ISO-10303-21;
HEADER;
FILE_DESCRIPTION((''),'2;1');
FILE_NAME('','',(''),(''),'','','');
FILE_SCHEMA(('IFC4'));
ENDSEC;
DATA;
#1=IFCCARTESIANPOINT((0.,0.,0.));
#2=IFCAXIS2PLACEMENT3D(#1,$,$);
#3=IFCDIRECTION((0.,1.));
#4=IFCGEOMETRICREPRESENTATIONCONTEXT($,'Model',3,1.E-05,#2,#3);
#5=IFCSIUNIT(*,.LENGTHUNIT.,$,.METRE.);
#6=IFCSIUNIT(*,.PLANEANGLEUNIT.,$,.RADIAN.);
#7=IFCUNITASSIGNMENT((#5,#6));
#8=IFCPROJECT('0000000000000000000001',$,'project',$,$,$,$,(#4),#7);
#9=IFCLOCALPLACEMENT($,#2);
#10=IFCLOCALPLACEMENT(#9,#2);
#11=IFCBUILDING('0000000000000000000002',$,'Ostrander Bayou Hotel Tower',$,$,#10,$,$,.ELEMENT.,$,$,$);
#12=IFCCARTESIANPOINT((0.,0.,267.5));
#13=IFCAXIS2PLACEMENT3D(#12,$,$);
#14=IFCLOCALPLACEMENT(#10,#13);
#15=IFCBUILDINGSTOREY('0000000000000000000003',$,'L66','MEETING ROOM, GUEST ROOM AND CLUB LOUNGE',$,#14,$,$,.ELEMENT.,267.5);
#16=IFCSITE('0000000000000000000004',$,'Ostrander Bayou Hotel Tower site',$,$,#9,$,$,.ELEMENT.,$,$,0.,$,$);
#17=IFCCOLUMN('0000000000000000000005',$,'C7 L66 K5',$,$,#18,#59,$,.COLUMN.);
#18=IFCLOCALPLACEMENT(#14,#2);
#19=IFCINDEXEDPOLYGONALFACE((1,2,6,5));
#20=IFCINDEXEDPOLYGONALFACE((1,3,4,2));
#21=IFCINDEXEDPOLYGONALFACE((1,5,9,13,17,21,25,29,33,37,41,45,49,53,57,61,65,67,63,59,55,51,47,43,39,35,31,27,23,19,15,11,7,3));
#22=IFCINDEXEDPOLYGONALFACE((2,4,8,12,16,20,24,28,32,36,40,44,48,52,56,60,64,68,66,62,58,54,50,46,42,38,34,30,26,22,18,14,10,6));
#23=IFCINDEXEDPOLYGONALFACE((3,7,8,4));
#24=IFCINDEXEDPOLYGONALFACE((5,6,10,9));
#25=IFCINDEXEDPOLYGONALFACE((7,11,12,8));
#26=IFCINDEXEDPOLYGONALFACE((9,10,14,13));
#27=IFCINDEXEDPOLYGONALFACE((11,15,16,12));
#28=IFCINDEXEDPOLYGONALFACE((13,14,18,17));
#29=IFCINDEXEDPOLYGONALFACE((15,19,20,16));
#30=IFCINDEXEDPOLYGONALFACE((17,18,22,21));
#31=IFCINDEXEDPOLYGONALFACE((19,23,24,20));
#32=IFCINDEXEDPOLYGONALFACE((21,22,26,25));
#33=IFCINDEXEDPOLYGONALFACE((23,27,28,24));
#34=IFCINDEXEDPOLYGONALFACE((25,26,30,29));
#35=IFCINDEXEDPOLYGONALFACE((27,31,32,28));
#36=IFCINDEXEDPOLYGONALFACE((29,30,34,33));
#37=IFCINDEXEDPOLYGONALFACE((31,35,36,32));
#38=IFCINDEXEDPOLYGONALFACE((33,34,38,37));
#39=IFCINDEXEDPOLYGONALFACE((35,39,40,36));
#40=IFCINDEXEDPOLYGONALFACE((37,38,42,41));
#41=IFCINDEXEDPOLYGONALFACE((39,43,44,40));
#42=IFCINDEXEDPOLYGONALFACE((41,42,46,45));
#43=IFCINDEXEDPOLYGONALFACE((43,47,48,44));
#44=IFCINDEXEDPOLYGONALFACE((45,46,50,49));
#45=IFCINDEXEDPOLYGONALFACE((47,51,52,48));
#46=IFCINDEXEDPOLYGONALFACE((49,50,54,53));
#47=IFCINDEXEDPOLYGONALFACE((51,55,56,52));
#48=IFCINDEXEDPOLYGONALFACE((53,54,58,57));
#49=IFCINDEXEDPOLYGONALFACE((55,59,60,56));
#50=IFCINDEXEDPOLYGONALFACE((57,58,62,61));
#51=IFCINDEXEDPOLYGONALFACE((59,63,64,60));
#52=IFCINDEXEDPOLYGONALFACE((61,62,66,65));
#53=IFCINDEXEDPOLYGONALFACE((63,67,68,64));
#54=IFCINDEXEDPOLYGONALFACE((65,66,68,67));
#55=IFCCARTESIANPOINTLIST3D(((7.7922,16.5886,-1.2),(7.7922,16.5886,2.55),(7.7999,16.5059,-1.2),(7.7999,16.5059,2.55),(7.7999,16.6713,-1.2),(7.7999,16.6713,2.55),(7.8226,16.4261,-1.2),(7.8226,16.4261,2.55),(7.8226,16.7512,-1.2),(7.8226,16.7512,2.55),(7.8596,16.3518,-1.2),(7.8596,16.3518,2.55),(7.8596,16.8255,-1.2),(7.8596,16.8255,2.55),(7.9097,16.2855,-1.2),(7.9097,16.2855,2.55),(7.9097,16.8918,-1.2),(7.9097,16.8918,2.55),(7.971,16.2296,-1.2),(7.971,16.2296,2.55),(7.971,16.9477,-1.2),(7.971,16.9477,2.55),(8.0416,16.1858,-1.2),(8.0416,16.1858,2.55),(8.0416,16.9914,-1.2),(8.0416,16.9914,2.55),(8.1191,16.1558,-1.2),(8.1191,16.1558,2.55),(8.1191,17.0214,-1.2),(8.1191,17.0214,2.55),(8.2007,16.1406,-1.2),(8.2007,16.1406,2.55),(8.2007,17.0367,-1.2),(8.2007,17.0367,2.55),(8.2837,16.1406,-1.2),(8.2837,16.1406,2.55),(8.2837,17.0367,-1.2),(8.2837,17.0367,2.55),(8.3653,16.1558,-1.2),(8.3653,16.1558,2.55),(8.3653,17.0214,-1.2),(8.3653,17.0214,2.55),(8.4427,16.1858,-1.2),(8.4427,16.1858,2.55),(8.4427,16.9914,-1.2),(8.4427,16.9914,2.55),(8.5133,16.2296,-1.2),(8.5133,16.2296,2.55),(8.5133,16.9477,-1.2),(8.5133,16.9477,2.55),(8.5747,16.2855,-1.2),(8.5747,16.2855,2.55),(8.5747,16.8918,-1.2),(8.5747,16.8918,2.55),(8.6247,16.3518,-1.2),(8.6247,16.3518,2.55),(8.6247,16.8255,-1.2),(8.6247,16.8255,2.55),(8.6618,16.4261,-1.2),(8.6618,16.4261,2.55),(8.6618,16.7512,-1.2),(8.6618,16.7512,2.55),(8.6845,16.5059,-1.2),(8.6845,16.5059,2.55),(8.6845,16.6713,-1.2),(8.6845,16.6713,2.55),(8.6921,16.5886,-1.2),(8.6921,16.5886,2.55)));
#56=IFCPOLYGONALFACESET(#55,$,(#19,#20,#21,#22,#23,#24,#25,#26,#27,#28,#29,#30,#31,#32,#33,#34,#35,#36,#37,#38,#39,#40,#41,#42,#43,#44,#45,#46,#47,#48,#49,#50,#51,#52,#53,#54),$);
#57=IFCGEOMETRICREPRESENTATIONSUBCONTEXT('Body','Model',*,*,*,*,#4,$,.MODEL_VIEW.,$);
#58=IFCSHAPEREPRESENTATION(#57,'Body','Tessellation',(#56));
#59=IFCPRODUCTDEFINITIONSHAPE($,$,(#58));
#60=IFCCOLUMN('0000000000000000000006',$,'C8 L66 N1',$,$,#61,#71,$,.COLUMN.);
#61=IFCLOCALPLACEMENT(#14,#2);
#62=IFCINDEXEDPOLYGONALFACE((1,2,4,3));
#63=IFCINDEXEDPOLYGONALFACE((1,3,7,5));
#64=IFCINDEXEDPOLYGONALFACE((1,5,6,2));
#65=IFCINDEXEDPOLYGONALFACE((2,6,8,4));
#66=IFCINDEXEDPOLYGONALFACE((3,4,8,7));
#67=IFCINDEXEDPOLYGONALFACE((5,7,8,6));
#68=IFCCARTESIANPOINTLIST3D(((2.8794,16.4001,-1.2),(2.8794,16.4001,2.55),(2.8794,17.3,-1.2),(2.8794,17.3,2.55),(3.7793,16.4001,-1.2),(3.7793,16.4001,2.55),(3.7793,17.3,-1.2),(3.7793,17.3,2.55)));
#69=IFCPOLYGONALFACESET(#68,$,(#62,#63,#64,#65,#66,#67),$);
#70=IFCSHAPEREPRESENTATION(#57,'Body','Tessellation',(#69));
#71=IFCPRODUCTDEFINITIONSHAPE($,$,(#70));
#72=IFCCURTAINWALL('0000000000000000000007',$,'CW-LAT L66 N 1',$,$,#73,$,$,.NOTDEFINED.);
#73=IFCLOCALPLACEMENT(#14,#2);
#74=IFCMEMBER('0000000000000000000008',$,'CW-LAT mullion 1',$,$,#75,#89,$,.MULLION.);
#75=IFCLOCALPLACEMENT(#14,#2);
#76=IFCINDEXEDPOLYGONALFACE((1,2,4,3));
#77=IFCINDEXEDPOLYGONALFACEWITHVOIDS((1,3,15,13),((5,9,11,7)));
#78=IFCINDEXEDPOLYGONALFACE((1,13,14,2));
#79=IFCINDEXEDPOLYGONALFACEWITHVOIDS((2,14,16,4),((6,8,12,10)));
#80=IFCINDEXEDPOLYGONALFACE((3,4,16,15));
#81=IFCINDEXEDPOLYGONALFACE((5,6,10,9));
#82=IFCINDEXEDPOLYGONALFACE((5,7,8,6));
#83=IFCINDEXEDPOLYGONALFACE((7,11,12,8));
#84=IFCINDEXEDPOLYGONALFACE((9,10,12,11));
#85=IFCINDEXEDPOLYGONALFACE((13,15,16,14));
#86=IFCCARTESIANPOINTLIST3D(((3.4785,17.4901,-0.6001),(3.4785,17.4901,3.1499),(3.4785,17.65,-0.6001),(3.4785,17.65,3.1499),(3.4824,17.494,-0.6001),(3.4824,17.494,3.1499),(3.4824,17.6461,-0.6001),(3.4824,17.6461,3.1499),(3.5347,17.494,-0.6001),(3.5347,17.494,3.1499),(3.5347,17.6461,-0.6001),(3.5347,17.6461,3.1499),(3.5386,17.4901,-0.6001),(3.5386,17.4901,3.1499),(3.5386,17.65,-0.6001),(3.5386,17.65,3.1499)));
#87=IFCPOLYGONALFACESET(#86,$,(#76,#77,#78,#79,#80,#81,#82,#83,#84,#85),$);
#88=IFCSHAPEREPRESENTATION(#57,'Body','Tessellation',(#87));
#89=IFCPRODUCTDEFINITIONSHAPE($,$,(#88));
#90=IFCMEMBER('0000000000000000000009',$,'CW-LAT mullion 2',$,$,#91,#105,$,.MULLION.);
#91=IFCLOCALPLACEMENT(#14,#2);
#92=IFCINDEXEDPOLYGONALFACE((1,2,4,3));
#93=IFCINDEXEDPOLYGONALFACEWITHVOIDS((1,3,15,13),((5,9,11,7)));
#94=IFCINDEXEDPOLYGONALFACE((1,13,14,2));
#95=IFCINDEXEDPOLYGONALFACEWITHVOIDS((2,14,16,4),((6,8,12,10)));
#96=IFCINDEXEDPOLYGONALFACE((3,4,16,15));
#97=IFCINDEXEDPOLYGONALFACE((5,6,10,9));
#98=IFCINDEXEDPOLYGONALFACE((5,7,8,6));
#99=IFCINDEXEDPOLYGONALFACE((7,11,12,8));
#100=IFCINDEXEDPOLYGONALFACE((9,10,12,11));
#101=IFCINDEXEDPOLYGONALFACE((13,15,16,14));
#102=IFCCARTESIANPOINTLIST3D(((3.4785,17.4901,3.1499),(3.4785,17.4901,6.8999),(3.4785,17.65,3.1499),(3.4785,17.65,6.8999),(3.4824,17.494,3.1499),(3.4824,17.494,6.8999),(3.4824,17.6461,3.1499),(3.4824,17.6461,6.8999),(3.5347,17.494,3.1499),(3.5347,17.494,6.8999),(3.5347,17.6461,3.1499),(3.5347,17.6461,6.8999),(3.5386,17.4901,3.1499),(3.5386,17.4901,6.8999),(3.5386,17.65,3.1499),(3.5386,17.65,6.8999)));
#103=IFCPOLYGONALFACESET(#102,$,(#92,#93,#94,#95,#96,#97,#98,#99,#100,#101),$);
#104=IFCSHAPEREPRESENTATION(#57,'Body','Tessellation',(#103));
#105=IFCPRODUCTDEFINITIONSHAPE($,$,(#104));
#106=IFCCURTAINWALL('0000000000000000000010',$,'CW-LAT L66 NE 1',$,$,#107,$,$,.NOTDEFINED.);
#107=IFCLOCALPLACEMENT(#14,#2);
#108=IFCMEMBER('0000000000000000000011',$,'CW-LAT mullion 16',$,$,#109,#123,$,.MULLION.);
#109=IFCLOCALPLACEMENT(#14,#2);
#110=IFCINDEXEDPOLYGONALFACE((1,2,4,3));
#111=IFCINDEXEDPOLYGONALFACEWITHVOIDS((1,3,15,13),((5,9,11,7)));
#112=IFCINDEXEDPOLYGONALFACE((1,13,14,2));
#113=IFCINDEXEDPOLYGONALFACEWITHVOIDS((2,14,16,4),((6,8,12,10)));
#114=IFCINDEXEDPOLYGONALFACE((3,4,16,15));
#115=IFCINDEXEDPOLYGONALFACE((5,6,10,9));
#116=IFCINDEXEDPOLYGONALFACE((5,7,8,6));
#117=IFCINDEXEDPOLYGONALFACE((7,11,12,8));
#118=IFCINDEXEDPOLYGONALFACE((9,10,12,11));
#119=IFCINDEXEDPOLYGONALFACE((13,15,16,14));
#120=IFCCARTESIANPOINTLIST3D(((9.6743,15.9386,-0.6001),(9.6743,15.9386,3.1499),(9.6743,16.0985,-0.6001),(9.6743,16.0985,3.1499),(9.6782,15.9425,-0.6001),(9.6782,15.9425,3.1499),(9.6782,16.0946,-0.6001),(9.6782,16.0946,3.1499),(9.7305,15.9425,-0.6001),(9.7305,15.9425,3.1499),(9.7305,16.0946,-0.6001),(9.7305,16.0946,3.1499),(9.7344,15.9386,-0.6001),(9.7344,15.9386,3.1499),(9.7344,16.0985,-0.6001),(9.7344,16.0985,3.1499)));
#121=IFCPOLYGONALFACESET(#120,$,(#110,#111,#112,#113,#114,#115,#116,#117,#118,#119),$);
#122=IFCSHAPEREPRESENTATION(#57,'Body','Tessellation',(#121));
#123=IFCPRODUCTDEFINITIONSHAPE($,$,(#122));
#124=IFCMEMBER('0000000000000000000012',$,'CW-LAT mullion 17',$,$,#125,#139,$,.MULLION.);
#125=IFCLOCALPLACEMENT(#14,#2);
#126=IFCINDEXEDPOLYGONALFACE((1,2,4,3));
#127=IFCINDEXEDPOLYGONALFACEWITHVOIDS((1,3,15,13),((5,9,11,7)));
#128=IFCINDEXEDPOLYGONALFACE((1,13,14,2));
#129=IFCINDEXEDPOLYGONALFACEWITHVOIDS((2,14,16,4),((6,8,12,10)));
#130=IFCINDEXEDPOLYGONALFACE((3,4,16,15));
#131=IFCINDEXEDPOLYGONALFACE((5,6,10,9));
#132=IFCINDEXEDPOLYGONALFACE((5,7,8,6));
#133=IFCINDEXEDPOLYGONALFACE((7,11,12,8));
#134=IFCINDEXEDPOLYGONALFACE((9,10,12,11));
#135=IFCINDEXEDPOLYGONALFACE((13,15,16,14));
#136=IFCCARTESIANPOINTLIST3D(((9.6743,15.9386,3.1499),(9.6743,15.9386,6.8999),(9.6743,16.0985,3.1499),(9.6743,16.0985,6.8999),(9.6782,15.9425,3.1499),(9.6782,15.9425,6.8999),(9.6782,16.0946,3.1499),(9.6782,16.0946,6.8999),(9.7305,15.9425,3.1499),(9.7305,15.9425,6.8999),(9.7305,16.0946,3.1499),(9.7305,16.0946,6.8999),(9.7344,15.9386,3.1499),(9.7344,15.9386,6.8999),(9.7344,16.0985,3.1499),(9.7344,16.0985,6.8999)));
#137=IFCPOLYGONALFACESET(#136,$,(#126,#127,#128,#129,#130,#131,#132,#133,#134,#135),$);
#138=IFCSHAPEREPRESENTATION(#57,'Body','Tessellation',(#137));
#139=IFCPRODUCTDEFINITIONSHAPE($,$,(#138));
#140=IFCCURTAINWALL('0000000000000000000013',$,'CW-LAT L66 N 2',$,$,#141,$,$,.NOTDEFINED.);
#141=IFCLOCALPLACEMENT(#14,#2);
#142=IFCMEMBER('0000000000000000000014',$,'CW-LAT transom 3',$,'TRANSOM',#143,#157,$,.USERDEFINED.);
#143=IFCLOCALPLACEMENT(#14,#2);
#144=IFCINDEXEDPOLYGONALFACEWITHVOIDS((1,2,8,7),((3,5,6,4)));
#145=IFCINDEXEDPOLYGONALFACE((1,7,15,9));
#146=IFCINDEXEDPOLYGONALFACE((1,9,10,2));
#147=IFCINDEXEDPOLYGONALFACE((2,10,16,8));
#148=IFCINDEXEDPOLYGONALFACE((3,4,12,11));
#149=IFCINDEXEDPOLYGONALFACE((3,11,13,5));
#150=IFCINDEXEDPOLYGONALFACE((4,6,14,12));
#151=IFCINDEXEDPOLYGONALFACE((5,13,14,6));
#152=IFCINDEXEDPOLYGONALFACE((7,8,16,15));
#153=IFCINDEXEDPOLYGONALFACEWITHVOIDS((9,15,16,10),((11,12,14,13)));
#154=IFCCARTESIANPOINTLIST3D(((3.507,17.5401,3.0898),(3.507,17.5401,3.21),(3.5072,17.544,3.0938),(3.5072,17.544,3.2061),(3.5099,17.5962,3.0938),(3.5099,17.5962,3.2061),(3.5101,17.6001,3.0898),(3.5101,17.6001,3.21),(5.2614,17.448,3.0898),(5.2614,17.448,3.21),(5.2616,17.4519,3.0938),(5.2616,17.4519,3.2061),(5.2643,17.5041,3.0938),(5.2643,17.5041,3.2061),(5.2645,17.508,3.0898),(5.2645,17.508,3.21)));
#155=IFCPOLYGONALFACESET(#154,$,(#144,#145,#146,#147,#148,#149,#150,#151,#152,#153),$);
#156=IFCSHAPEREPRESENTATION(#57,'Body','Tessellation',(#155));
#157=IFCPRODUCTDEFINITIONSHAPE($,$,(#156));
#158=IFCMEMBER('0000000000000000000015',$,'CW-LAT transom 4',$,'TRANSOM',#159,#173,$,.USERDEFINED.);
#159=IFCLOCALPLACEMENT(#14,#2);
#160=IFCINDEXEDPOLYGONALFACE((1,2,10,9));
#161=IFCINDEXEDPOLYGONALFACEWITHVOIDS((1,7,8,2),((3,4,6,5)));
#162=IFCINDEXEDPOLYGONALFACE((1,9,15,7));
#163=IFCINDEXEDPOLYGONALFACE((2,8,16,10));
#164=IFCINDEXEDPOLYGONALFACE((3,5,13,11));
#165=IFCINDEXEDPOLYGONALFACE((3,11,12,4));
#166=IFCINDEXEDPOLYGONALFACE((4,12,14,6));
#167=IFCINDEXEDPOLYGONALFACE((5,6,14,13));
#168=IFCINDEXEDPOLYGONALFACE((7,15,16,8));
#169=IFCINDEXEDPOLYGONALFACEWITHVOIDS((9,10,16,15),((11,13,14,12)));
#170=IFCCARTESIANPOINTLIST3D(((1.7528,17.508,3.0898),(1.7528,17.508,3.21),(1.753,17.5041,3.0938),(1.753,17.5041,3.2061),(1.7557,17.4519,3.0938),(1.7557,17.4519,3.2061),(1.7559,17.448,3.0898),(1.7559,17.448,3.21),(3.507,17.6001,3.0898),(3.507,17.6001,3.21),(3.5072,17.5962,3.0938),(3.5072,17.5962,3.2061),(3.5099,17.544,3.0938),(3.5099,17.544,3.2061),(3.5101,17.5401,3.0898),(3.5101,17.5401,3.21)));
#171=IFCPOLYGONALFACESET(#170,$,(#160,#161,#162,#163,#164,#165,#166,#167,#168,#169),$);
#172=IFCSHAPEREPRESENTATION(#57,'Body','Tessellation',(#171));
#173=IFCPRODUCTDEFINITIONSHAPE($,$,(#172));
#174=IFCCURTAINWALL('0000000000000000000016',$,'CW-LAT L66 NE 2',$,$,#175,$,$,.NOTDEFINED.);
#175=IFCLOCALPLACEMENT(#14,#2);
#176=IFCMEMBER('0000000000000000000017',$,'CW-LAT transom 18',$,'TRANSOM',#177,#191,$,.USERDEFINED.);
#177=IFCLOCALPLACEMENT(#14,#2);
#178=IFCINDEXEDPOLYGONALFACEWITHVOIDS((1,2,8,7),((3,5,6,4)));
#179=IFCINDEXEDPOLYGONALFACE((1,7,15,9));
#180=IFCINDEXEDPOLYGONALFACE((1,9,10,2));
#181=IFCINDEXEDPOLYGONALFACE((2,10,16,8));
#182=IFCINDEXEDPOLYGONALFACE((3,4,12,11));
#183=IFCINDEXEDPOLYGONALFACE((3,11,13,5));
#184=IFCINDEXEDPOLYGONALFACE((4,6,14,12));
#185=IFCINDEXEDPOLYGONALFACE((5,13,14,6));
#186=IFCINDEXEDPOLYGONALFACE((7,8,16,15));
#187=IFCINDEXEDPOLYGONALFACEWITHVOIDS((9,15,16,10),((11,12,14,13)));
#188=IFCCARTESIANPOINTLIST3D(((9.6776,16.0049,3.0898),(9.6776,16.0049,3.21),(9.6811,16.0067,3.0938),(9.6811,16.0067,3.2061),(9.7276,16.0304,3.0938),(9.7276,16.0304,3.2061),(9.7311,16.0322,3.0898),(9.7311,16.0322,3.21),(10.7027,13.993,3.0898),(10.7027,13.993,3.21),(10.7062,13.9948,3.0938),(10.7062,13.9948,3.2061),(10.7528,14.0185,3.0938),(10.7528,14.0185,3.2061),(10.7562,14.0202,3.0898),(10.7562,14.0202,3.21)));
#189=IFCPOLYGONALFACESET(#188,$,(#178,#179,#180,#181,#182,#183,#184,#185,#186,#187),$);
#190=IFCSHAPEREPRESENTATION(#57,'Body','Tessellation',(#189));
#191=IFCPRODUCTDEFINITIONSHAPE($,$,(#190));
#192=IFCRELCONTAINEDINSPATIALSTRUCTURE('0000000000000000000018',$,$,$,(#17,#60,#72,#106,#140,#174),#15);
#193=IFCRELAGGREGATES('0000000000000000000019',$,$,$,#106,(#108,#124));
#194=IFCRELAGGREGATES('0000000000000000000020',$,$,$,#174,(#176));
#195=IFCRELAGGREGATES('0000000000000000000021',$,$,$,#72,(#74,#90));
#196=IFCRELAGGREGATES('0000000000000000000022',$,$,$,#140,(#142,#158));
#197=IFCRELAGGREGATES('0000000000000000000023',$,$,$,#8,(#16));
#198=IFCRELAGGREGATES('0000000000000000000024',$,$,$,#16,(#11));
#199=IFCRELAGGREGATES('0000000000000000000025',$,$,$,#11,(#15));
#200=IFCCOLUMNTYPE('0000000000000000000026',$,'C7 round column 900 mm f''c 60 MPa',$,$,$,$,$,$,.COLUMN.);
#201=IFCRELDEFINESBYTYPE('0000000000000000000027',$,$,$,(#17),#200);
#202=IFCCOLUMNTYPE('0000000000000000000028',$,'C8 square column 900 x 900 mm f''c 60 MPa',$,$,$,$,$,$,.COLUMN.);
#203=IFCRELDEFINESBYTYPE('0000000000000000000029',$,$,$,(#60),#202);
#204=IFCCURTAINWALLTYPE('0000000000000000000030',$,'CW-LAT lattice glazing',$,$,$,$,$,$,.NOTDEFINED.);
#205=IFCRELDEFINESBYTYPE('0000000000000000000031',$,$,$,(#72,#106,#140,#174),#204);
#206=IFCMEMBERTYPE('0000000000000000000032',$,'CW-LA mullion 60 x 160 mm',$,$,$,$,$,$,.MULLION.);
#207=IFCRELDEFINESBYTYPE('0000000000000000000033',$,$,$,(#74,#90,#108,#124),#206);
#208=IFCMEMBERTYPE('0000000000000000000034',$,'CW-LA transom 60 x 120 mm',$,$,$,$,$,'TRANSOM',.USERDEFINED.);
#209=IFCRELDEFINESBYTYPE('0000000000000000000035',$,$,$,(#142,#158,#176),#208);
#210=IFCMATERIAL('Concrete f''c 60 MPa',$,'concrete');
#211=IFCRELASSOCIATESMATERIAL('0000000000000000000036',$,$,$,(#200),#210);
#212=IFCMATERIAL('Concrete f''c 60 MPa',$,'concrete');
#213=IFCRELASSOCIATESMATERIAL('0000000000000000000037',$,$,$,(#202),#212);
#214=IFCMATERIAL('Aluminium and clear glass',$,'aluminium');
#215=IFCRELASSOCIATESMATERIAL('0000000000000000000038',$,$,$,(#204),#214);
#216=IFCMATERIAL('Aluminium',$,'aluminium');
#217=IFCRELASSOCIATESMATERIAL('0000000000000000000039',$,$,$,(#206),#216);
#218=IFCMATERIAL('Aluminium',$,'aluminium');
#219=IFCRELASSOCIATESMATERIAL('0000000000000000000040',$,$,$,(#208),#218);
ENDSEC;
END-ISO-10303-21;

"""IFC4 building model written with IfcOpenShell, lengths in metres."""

from ifc_helpers import new_model, si_unit, direction, frame, origin, origin_2d, place, context, subcontext, project, spatial, rectangle, hollow_rectangle, circle, extrude, material, material_profile, profile_set, type_object, element, aggregate, save


model = new_model("IFC4")

# Units and contexts
model_context = context("Model", 3, precision=1e-05, world=origin(), true_north=direction((0.0, 1.0)))
body_context = subcontext(model_context, "Body", "Model", "MODEL_VIEW")
ifc_project = project(units=[si_unit("LENGTHUNIT", "METRE"), si_unit("PLANEANGLEUNIT", "RADIAN")], contexts=[model_context])

# Site, building, storey
site_placement = place(None, origin())
site = spatial("IfcSite", under=ifc_project, at=site_placement, Name="Ostrander Bayou Hotel Tower site", CompositionType="ELEMENT", RefElevation=0.0)
building_placement = place(site_placement, origin())
building = spatial("IfcBuilding", under=site, at=building_placement, Name="Ostrander Bayou Hotel Tower", CompositionType="ELEMENT")
storey_placement = place(building_placement, frame((0.0, 0.0, 267.5)))
storey = spatial("IfcBuildingStorey", under=building, at=storey_placement, Name="L66", Description="MEETING ROOM, GUEST ROOM AND CLUB LOUNGE", CompositionType="ELEMENT", Elevation=267.5)

# Columns
ifc_material_1 = material(Name="Concrete f'c 60 MPa", Category="concrete")
ifc_material_profile_1 = material_profile(ifc_material_1, circle(Radius=0.45, at=origin_2d()))
ifc_profile_set_1 = profile_set([ifc_material_profile_1], Name="Concrete f'c 60 MPa")
column_type_1 = type_object("IfcColumnType", Name="C7 round column 900 mm f'c 60 MPa", PredefinedType="COLUMN", material=ifc_profile_set_1)
column_1_placement = place(storey_placement, frame((8.2422, 16.5886, -1.2), z_axis=(0.0, 0.0, 1.0), x_axis=(1.0, 0.0, 0.0)))
element("IfcColumn", 1, at=column_1_placement, inside=storey, type_object=column_type_1, Name="C7 L66 K5", PredefinedType="COLUMN", context=body_context, shape_type="SweptSolid", body=[
    extrude(circle(Radius=0.45, at=origin_2d()), origin(), (0.0, 0.0, 1.0), 3.75),
])
ifc_material_2 = material(Name="Concrete f'c 60 MPa", Category="concrete")
ifc_material_profile_2 = material_profile(ifc_material_2, rectangle(XDim=0.8999, YDim=0.8999, at=origin_2d()))
ifc_profile_set_2 = profile_set([ifc_material_profile_2], Name="Concrete f'c 60 MPa")
column_type_2 = type_object("IfcColumnType", Name="C8 square column 900 x 900 mm f'c 60 MPa", PredefinedType="COLUMN", material=ifc_profile_set_2)
column_2_placement = place(storey_placement, frame((3.3293, 16.8501, -1.2), z_axis=(0.0, 0.0, 1.0), x_axis=(1.0, 0.0, 0.0)))
element("IfcColumn", 2, at=column_2_placement, inside=storey, type_object=column_type_2, Name="C8 L66 N1", PredefinedType="COLUMN", context=body_context, shape_type="SweptSolid", body=[
    extrude(rectangle(XDim=0.8999, YDim=0.8999, at=origin_2d()), origin(), (0.0, 0.0, 1.0), 3.75),
])

# Curtain walls, members
ifc_material_3 = material(Name="Aluminium and clear glass", Category="aluminium")
curtain_wall_type = type_object("IfcCurtainWallType", Name="CW-LAT lattice glazing", PredefinedType="NOTDEFINED", material=ifc_material_3)
curtain_wall_1_placement = place(storey_placement, origin())
curtain_wall_1 = element("IfcCurtainWall", 3, at=curtain_wall_1_placement, inside=storey, type_object=curtain_wall_type, Name="CW-LAT L66 N 1", PredefinedType="NOTDEFINED")
ifc_material_4 = material(Name="Aluminium", Category="aluminium")
ifc_material_profile_3 = material_profile(ifc_material_4, hollow_rectangle(XDim=0.0601, YDim=0.1599, WallThickness=0.0039, at=origin_2d()))
ifc_profile_set_3 = profile_set([ifc_material_profile_3], Name="Aluminium")
member_type_1 = type_object("IfcMemberType", Name="CW-LA mullion 60 x 160 mm", PredefinedType="MULLION", material=ifc_profile_set_3)
member_1_placement = place(storey_placement, frame((3.5085, 17.5701, -0.6001), z_axis=(0.0, 0.0, 1.0), x_axis=(1.0, 0.0, 0.0)))
member_1 = element("IfcMember", 4, at=member_1_placement, type_object=member_type_1, Name="CW-LAT mullion 1", PredefinedType="MULLION", context=body_context, shape_type="SweptSolid", body=[
    extrude(hollow_rectangle(XDim=0.0601, YDim=0.1599, WallThickness=0.0039, at=origin_2d()), origin(), (0.0, 0.0, 1.0), 3.75),
])
member_2_placement = place(storey_placement, frame((3.5085, 17.5701, 3.1499), z_axis=(0.0, 0.0, 1.0), x_axis=(1.0, 0.0, 0.0)))
member_2 = element("IfcMember", 5, at=member_2_placement, type_object=member_type_1, Name="CW-LAT mullion 2", PredefinedType="MULLION", context=body_context, shape_type="SweptSolid", body=[
    extrude(hollow_rectangle(XDim=0.0601, YDim=0.1599, WallThickness=0.0039, at=origin_2d()), origin(), (0.0, 0.0, 1.0), 3.75),
])
curtain_wall_2_placement = place(storey_placement, origin())
curtain_wall_2 = element("IfcCurtainWall", 6, at=curtain_wall_2_placement, inside=storey, type_object=curtain_wall_type, Name="CW-LAT L66 NE 1", PredefinedType="NOTDEFINED")
member_3_placement = place(storey_placement, frame((9.7043, 16.0186, -0.6001), z_axis=(0.0, 0.0, 1.0), x_axis=(1.0, 0.0, 0.0)))
member_3 = element("IfcMember", 7, at=member_3_placement, type_object=member_type_1, Name="CW-LAT mullion 16", PredefinedType="MULLION", context=body_context, shape_type="SweptSolid", body=[
    extrude(hollow_rectangle(XDim=0.0601, YDim=0.1599, WallThickness=0.0039, at=origin_2d()), origin(), (0.0, 0.0, 1.0), 3.75),
])
member_4_placement = place(storey_placement, frame((9.7043, 16.0186, 3.1499), z_axis=(0.0, 0.0, 1.0), x_axis=(1.0, 0.0, 0.0)))
member_4 = element("IfcMember", 8, at=member_4_placement, type_object=member_type_1, Name="CW-LAT mullion 17", PredefinedType="MULLION", context=body_context, shape_type="SweptSolid", body=[
    extrude(hollow_rectangle(XDim=0.0601, YDim=0.1599, WallThickness=0.0039, at=origin_2d()), origin(), (0.0, 0.0, 1.0), 3.75),
])
aggregate(curtain_wall_2, [member_3, member_4])
curtain_wall_3_placement = place(storey_placement, origin())
curtain_wall_3 = element("IfcCurtainWall", 9, at=curtain_wall_3_placement, inside=storey, type_object=curtain_wall_type, Name="CW-LAT L66 N 2", PredefinedType="NOTDEFINED")
ifc_material_5 = material(Name="Aluminium", Category="aluminium")
ifc_material_profile_4 = material_profile(ifc_material_5, hollow_rectangle(XDim=0.0601, YDim=0.1201, WallThickness=0.0039, at=origin_2d()))
ifc_profile_set_4 = profile_set([ifc_material_profile_4], Name="Aluminium")
member_type_2 = type_object("IfcMemberType", Name="CW-LA transom 60 x 120 mm", ElementType="TRANSOM", PredefinedType="USERDEFINED", material=ifc_profile_set_4)
member_5_placement = place(storey_placement, frame((3.5085, 17.5701, 3.1499), z_axis=(0.998627, -0.052391, 0.0), x_axis=(0.052391, 0.998627, 0.0)))
member_5 = element("IfcMember", 10, at=member_5_placement, type_object=member_type_2, Name="CW-LAT transom 3", ObjectType="TRANSOM", PredefinedType="USERDEFINED", context=body_context, shape_type="SweptSolid", body=[
    extrude(hollow_rectangle(XDim=0.0601, YDim=0.1201, WallThickness=0.0039, at=origin_2d()), origin(), (0.0, 0.0, 1.0), 1.7568),
])
member_6_placement = place(storey_placement, frame((3.5085, 17.5701, 3.1499), z_axis=(-0.998626, -0.052398, 0.0), x_axis=(0.052398, -0.998626, 0.0)))
member_6 = element("IfcMember", 11, at=member_6_placement, type_object=member_type_2, Name="CW-LAT transom 4", ObjectType="TRANSOM", PredefinedType="USERDEFINED", context=body_context, shape_type="SweptSolid", body=[
    extrude(hollow_rectangle(XDim=0.0601, YDim=0.1201, WallThickness=0.0039, at=origin_2d()), origin(), (0.0, 0.0, 1.0), 1.7566),
])

# Curtain wall, member
curtain_wall_4_placement = place(storey_placement, origin())
curtain_wall_4 = element("IfcCurtainWall", 12, at=curtain_wall_4_placement, inside=storey, type_object=curtain_wall_type, Name="CW-LAT L66 NE 2", PredefinedType="NOTDEFINED")
member_7_placement = place(storey_placement, frame((9.7043, 16.0186, 3.1499), z_axis=(0.453991, -0.891006, 0.0), x_axis=(0.891006, 0.453991, 0.0)))
member_7 = element("IfcMember", 13, at=member_7_placement, type_object=member_type_2, Name="CW-LAT transom 18", ObjectType="TRANSOM", PredefinedType="USERDEFINED", context=body_context, shape_type="SweptSolid", body=[
    extrude(hollow_rectangle(XDim=0.0601, YDim=0.1201, WallThickness=0.0039, at=origin_2d()), origin(), (0.0, 0.0, 1.0), 2.2581),
])
aggregate(curtain_wall_4, [member_7])

aggregate(curtain_wall_1, [member_1, member_2])
aggregate(curtain_wall_3, [member_5, member_6])

save(model, "model.ifc")
